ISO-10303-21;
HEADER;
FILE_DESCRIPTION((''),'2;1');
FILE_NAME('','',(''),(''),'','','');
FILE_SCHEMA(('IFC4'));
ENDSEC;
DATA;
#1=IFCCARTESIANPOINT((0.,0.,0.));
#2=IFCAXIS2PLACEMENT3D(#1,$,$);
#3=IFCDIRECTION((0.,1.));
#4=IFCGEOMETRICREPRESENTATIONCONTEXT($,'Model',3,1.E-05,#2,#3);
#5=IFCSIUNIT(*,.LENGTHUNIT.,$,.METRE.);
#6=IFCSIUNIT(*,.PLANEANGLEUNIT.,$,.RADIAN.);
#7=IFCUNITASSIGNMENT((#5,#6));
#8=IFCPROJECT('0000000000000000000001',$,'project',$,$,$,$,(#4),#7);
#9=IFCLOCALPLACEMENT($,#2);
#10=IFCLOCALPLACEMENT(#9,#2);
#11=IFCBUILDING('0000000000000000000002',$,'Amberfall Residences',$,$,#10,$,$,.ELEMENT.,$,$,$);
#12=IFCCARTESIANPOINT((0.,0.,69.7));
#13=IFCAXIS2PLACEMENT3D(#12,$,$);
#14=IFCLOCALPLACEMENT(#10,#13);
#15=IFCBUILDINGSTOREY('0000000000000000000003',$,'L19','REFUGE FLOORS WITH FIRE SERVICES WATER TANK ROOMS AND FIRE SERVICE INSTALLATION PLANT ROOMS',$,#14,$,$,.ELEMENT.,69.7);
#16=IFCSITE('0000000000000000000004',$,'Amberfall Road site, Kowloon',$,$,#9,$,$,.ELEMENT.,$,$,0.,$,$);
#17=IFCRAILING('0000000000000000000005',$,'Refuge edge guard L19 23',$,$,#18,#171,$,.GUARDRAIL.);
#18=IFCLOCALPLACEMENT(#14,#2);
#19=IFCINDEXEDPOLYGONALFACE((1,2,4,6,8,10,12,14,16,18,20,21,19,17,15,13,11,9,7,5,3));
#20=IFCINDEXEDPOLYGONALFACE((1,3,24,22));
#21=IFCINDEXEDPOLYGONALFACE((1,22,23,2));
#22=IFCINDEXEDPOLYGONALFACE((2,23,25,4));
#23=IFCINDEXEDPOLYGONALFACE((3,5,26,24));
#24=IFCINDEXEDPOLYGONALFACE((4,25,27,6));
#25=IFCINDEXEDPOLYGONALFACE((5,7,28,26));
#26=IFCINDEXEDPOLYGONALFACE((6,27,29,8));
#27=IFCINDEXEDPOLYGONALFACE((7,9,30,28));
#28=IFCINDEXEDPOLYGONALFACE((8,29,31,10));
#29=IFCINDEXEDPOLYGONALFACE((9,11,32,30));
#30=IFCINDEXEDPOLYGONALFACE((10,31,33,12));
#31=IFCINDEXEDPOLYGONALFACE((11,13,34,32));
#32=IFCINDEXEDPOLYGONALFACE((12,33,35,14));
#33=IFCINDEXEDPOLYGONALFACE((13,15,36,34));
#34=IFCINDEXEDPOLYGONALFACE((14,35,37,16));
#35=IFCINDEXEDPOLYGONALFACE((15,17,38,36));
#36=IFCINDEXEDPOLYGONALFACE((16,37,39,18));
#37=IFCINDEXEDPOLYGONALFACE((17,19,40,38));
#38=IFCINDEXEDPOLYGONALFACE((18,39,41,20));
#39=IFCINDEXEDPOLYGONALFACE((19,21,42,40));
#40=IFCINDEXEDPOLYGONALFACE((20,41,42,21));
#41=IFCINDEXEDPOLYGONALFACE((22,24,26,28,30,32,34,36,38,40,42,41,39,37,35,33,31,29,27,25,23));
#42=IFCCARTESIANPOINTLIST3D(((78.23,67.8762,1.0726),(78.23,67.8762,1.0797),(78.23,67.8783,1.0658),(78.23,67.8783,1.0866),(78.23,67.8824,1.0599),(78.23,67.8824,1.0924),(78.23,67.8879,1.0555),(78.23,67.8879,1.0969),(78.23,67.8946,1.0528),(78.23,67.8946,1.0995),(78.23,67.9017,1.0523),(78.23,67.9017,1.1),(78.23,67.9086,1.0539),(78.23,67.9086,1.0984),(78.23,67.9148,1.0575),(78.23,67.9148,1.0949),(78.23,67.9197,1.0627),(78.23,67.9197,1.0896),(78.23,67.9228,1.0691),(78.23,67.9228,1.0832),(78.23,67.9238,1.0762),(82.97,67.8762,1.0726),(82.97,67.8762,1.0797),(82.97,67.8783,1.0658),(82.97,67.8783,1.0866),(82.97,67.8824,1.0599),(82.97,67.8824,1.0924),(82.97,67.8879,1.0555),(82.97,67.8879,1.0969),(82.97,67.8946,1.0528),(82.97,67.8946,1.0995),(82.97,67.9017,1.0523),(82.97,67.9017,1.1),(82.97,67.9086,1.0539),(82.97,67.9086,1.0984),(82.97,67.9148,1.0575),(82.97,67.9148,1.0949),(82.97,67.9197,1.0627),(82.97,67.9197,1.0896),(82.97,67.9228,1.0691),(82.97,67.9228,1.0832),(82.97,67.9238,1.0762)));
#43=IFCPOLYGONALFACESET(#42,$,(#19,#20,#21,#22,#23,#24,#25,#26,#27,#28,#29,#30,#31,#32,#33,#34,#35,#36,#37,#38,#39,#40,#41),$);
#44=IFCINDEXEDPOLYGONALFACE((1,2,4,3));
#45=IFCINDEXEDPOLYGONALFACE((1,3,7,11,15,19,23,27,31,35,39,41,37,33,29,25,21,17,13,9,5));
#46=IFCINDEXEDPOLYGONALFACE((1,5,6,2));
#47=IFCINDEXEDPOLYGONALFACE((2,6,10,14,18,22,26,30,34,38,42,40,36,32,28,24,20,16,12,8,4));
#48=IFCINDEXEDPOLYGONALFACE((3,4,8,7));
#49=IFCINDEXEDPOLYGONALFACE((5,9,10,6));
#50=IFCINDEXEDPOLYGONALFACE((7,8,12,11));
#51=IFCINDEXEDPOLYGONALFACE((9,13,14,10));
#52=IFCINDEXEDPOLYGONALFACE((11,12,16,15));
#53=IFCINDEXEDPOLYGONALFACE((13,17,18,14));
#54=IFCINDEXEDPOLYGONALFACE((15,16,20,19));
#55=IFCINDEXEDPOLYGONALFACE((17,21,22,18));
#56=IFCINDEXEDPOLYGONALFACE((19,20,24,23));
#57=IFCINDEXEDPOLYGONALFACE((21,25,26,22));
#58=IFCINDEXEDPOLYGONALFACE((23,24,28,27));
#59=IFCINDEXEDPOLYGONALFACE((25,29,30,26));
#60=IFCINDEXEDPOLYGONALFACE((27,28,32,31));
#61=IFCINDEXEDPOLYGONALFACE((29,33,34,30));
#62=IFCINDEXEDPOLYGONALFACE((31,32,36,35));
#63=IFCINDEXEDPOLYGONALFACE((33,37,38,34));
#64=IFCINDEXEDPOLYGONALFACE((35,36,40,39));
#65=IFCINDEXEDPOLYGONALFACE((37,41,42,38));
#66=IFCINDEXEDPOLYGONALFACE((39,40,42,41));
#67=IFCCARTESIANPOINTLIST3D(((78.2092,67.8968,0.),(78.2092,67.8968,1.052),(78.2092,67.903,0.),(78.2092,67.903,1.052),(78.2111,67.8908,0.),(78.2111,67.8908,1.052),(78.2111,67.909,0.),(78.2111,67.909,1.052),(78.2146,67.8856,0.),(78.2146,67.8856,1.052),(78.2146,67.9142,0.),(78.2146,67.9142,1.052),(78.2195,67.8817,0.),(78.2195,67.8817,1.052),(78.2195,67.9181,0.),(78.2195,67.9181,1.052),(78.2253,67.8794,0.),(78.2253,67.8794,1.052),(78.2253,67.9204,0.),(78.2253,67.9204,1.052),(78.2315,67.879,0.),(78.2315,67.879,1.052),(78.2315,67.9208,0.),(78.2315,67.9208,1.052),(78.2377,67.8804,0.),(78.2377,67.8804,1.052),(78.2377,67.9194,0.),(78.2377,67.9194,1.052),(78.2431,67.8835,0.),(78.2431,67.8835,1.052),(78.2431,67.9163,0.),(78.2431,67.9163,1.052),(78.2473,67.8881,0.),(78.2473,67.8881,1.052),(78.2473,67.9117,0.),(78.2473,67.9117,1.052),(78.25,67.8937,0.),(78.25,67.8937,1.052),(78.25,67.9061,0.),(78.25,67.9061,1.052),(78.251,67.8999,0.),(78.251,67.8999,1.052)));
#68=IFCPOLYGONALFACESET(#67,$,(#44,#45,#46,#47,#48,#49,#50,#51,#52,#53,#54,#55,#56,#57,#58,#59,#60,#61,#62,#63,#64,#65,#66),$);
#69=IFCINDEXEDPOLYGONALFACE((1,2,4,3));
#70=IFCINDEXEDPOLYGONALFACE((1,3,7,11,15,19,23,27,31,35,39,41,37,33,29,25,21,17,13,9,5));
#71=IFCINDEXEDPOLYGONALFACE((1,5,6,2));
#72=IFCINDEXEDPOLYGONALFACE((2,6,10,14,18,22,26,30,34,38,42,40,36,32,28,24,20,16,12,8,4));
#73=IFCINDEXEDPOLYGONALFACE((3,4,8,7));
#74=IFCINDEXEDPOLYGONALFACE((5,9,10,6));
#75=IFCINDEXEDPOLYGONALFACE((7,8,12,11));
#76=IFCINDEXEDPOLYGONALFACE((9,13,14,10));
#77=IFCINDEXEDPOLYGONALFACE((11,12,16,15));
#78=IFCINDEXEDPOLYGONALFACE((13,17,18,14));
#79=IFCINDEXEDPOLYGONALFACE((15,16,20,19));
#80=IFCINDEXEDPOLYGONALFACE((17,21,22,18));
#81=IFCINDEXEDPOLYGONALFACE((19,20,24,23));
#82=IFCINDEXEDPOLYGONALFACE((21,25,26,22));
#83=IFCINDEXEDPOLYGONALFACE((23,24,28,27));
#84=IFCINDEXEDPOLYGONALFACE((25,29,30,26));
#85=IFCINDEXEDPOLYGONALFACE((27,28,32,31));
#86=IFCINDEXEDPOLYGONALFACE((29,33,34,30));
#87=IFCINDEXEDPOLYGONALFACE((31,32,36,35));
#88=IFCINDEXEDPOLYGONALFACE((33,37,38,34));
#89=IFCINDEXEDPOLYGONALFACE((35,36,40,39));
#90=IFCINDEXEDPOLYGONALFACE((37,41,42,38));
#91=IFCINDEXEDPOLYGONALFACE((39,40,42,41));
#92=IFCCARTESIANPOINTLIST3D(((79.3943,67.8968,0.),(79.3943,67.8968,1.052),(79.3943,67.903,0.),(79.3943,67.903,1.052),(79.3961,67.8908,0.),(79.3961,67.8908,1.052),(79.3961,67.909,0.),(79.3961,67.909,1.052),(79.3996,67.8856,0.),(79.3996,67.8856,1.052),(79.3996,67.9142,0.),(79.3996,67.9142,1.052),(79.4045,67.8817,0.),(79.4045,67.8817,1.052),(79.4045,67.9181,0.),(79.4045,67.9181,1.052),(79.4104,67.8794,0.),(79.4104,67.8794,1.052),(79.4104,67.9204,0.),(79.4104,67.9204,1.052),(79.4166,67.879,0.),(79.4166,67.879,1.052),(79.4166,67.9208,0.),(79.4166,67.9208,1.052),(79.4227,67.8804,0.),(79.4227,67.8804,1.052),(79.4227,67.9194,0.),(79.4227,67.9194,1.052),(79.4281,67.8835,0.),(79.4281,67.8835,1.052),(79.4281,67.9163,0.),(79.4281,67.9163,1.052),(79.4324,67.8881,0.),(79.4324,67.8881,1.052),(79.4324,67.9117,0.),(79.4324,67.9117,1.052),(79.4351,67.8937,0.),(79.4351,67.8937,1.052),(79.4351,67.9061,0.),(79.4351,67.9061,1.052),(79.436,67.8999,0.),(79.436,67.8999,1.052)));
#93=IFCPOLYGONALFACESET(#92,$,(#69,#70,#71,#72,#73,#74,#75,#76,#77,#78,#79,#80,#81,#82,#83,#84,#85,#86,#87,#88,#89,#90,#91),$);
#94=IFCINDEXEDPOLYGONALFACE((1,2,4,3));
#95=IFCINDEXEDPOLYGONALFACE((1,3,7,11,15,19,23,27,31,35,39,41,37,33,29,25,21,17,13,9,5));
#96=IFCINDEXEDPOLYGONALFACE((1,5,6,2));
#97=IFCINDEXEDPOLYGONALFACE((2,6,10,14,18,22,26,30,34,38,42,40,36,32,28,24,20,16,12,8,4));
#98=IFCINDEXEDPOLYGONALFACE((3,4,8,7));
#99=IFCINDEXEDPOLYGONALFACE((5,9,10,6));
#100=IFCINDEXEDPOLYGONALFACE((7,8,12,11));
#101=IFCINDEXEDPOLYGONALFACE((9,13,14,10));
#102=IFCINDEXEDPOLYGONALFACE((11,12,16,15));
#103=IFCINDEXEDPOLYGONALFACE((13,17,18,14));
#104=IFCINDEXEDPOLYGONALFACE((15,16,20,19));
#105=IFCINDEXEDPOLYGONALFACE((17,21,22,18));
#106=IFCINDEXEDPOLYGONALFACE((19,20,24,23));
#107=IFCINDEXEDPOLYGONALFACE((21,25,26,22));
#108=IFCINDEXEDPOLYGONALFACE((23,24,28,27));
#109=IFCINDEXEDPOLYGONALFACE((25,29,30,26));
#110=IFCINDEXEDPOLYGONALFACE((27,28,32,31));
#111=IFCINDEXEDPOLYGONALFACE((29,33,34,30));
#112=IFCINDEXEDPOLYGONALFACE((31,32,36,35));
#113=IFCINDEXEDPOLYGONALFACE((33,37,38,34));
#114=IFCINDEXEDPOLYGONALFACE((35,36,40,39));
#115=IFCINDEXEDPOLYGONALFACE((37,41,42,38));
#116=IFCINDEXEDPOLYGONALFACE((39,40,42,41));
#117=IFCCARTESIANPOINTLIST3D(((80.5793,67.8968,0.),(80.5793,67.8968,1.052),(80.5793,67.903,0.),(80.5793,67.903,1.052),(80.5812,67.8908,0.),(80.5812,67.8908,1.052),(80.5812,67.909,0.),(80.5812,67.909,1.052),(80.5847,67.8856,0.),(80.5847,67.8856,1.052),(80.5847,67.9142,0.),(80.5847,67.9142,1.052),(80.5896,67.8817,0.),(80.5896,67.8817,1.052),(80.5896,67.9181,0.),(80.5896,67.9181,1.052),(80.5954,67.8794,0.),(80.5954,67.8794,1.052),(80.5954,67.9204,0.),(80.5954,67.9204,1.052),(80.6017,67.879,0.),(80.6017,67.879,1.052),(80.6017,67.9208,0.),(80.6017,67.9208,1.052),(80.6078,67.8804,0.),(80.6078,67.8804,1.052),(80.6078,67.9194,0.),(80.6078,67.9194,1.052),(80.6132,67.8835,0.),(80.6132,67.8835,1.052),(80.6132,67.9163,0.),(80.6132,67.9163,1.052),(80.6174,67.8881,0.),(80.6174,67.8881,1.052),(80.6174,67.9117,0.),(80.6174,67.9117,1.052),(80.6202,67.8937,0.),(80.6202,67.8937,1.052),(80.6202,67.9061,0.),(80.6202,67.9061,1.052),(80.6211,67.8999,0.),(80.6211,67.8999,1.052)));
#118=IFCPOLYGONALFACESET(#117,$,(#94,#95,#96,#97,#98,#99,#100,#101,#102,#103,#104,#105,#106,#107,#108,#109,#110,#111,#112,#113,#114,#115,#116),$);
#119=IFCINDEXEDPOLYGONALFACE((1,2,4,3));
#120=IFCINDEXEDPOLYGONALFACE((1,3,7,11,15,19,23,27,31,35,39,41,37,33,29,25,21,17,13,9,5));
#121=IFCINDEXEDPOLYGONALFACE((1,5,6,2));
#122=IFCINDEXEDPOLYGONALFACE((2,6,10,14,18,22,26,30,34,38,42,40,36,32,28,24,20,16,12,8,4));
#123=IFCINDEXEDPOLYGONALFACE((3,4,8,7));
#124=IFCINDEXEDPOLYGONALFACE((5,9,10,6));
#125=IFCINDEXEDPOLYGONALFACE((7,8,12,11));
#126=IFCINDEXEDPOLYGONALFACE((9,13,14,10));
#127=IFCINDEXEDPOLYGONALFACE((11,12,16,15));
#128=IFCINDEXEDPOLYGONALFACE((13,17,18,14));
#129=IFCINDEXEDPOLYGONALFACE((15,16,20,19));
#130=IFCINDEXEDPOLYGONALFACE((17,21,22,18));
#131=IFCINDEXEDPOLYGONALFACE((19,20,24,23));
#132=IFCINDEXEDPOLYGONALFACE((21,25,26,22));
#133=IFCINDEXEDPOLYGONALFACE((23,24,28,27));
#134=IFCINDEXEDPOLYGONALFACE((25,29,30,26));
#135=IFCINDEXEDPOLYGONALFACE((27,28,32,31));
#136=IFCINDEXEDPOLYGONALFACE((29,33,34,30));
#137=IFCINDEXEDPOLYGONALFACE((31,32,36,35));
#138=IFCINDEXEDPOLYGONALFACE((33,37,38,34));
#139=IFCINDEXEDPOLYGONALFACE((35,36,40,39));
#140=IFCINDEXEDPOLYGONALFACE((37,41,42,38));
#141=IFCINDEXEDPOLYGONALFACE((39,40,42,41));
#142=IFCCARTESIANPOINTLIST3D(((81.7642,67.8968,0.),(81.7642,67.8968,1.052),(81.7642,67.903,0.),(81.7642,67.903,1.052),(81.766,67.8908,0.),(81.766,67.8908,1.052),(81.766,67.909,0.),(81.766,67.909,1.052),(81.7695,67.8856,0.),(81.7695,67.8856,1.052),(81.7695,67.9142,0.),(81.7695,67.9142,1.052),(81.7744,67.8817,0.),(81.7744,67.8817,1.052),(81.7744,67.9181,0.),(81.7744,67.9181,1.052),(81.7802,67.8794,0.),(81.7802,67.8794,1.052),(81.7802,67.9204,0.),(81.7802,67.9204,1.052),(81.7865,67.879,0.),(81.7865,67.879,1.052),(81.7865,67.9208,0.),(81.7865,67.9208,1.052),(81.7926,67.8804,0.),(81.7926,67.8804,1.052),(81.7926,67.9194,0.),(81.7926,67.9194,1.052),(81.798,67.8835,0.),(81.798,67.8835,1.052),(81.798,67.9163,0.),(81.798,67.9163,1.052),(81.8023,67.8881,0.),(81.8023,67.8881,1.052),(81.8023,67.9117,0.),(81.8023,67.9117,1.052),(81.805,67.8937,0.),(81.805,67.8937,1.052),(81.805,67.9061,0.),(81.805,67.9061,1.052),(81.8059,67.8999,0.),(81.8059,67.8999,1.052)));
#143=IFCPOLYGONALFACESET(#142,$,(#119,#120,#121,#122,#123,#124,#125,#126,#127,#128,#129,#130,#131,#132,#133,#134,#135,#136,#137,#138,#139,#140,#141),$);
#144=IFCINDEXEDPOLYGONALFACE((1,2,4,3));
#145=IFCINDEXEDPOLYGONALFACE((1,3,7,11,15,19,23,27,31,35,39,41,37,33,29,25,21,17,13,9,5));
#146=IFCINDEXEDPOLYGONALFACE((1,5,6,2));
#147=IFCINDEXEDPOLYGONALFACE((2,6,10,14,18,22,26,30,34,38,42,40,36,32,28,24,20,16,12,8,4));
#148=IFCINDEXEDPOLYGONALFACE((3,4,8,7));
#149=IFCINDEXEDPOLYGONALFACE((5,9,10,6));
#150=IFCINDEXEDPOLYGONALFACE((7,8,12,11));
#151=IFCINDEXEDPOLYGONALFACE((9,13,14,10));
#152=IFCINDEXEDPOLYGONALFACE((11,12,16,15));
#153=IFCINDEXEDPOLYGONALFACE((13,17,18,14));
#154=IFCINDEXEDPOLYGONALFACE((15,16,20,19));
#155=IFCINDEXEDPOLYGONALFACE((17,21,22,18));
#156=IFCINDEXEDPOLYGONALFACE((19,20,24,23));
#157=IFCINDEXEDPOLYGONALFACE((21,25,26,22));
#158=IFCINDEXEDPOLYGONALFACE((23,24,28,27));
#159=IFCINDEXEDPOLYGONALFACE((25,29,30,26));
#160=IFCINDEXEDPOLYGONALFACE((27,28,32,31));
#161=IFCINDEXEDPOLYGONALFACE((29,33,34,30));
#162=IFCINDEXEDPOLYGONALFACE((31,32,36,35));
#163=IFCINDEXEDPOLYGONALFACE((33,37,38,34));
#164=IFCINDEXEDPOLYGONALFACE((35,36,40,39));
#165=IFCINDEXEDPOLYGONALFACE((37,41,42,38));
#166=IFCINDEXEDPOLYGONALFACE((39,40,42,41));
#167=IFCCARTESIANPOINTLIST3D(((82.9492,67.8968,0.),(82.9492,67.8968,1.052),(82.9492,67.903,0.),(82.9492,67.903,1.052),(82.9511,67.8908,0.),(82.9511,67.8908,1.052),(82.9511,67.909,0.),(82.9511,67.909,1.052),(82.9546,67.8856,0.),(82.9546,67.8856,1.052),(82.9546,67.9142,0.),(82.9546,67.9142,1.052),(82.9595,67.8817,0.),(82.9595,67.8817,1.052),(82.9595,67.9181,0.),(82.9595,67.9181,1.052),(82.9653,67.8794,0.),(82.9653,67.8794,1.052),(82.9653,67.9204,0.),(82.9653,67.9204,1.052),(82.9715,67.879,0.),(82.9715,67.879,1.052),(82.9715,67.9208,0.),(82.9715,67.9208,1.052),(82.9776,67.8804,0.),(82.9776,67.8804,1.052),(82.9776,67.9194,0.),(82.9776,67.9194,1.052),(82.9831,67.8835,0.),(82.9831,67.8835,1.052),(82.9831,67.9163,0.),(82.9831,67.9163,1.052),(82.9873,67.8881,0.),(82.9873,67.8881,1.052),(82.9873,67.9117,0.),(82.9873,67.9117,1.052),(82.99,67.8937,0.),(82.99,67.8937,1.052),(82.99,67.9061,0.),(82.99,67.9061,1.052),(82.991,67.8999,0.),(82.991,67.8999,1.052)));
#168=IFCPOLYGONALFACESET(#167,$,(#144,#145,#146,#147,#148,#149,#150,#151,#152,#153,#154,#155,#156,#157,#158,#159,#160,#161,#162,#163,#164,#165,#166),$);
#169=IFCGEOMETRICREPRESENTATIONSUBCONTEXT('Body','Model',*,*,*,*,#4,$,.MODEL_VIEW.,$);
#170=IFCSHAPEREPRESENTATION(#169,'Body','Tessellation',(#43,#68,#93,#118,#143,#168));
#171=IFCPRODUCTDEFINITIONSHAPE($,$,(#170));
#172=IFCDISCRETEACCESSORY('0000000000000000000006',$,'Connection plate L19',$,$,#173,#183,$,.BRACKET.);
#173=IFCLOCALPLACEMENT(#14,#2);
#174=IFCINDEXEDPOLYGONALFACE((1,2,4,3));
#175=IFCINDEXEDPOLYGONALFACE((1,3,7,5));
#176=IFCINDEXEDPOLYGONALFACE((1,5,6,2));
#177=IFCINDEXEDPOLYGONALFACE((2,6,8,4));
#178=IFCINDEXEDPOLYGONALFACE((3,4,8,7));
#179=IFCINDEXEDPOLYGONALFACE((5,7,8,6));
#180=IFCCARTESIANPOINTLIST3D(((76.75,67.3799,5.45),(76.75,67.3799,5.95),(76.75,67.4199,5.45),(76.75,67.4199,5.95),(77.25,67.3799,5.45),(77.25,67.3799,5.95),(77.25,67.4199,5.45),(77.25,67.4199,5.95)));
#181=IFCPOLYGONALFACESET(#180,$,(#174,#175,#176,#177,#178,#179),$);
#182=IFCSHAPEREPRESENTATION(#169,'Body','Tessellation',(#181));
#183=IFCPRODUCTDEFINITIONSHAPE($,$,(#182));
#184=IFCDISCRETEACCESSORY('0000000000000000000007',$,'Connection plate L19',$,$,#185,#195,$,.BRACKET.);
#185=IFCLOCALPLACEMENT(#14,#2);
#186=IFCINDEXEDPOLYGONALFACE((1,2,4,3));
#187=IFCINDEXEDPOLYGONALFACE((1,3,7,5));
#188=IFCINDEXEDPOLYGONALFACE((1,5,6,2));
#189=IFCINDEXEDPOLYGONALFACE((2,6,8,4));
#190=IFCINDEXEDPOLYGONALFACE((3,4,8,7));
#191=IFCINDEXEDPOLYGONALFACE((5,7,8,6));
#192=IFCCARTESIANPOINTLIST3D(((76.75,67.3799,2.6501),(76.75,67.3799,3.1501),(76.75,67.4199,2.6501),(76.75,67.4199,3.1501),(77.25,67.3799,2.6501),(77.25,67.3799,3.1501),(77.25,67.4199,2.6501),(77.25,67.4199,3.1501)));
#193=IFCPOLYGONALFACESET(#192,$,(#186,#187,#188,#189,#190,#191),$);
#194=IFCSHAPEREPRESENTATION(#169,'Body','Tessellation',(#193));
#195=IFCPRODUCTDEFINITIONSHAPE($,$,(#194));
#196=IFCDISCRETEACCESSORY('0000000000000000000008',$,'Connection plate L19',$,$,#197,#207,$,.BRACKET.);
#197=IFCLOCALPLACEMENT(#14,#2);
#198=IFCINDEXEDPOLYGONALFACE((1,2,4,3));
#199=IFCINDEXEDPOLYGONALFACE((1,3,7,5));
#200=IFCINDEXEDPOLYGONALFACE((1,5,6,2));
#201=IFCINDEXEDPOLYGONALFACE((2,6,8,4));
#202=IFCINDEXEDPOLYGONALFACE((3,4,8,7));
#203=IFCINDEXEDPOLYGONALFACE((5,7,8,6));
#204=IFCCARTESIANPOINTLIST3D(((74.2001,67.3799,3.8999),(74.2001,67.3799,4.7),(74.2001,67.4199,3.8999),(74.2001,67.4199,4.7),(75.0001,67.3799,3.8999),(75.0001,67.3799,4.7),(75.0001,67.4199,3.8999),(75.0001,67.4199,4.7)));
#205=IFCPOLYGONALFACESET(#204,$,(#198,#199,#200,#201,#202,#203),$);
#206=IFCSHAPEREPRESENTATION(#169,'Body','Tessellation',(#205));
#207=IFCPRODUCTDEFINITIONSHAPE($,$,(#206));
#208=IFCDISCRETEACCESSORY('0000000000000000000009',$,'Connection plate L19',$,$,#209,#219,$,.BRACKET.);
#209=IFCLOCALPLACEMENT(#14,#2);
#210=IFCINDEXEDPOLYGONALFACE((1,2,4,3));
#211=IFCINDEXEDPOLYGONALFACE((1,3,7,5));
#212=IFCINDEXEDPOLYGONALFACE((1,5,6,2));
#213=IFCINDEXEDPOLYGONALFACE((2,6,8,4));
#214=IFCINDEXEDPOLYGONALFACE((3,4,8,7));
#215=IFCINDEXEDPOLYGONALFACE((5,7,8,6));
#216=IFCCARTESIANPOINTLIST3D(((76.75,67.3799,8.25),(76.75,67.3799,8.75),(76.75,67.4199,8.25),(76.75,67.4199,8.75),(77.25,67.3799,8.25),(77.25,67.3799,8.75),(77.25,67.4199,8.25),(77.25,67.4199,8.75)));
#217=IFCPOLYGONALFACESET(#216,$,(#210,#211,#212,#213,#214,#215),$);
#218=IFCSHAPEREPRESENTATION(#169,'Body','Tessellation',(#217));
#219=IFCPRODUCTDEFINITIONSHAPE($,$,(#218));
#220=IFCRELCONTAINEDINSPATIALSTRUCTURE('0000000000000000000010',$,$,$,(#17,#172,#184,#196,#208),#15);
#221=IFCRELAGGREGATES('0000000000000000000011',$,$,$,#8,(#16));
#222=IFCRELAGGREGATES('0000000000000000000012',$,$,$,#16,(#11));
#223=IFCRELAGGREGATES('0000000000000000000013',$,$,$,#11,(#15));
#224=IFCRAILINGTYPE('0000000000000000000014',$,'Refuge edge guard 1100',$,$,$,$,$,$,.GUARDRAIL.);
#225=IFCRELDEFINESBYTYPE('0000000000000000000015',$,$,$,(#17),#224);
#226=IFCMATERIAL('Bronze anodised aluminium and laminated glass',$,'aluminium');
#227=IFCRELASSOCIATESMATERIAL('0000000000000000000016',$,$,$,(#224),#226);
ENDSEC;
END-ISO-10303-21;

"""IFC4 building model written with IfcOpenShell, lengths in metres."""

from ifc_helpers import new_model, si_unit, direction, frame, origin, origin_2d, place, context, subcontext, project, spatial, rectangle, circle, extrude, material, type_object, element, save


model = new_model("IFC4")

# Units and contexts
model_context = context("Model", 3, precision=1e-05, world=origin(), true_north=direction((0.0, 1.0)))
body_context = subcontext(model_context, "Body", "Model", "MODEL_VIEW")
ifc_project = project(units=[si_unit("LENGTHUNIT", "METRE"), si_unit("PLANEANGLEUNIT", "RADIAN")], contexts=[model_context])

# Site, building, storey
site_placement = place(None, origin())
site = spatial("IfcSite", under=ifc_project, at=site_placement, Name="Amberfall Road site, Kowloon", CompositionType="ELEMENT", RefElevation=0.0)
building_placement = place(site_placement, origin())
building = spatial("IfcBuilding", under=site, at=building_placement, Name="Amberfall Residences", CompositionType="ELEMENT")
storey_placement = place(building_placement, frame((0.0, 0.0, 69.7)))
storey = spatial("IfcBuildingStorey", under=building, at=storey_placement, Name="L19", Description="REFUGE FLOORS WITH FIRE SERVICES WATER TANK ROOMS AND FIRE SERVICE INSTALLATION PLANT ROOMS", CompositionType="ELEMENT", Elevation=69.7)

# Railing
ifc_material_1 = material(Name="Bronze anodised aluminium and laminated glass", Category="aluminium")
railing_type = type_object("IfcRailingType", Name="Refuge edge guard 1100", PredefinedType="GUARDRAIL", material=ifc_material_1)
for number, where, name in (
    (1, (78.23, 67.8999, 0.0), "Refuge edge guard L19 23"),
):
    element("IfcRailing", number, at=place(storey_placement, frame(where)), inside=storey, type_object=railing_type, Name=name, PredefinedType="GUARDRAIL", context=body_context, shape_type="SweptSolid", body=[
        extrude(circle(Radius=0.0239, at=origin_2d()), frame((0.0, 0.0, 1.0762), z_axis=(1.0, 0.0, 0.0), x_axis=(0.0, 1.0, 0.0)), (0.0, 0.0, 1.0), 4.74),
        extrude(circle(Radius=0.021, at=origin_2d()), origin(), (0.0, 0.0, 1.0), 1.052),
        extrude(circle(Radius=0.021, at=origin_2d()), frame((1.1851, 0.0, 0.0)), (0.0, 0.0, 1.0), 1.052),
        extrude(circle(Radius=0.021, at=origin_2d()), frame((2.3701, 0.0, 0.0)), (0.0, 0.0, 1.0), 1.052),
        extrude(circle(Radius=0.021, at=origin_2d()), frame((3.5549, 0.0, 0.0)), (0.0, 0.0, 1.0), 1.052),
        extrude(circle(Radius=0.021, at=origin_2d()), frame((4.74, 0.0, 0.0)), (0.0, 0.0, 1.0), 1.052),
    ])

# Discrete accessories
for number, where, z_axis, x_axis, name in (
    (2, (77.0, 67.3999, 5.45), (0.0, 0.0, 1.0), (1.0, 0.0, 0.0), "Connection plate L19"),
    (3, (77.0, 67.3999, 2.6501), (0.0, 0.0, 1.0), (1.0, 0.0, 0.0), "Connection plate L19"),
):
    element("IfcDiscreteAccessory", number, at=place(storey_placement, frame(where, z_axis=z_axis, x_axis=x_axis)), inside=storey, Name=name, PredefinedType="BRACKET", context=body_context, shape_type="SweptSolid", body=[
        extrude(rectangle(XDim=0.5, YDim=0.04, at=origin_2d()), origin(), (0.0, 0.0, 1.0), 0.5),
    ])
discrete_accessory_1_placement = place(storey_placement, frame((74.6001, 67.3999, 3.8999), z_axis=(0.0, 0.0, 1.0), x_axis=(1.0, 0.0, 0.0)))
element("IfcDiscreteAccessory", 4, at=discrete_accessory_1_placement, inside=storey, Name="Connection plate L19", PredefinedType="BRACKET", context=body_context, shape_type="SweptSolid", body=[
    extrude(rectangle(XDim=0.8, YDim=0.04, at=origin_2d()), origin(), (0.0, 0.0, 1.0), 0.8),
])
discrete_accessory_2_placement = place(storey_placement, frame((77.0, 67.3999, 8.25), z_axis=(0.0, 0.0, 1.0), x_axis=(1.0, 0.0, 0.0)))
element("IfcDiscreteAccessory", 5, at=discrete_accessory_2_placement, inside=storey, Name="Connection plate L19", PredefinedType="BRACKET", context=body_context, shape_type="SweptSolid", body=[
    extrude(rectangle(XDim=0.5, YDim=0.04, at=origin_2d()), origin(), (0.0, 0.0, 1.0), 0.5),
])

save(model, "model.ifc")
